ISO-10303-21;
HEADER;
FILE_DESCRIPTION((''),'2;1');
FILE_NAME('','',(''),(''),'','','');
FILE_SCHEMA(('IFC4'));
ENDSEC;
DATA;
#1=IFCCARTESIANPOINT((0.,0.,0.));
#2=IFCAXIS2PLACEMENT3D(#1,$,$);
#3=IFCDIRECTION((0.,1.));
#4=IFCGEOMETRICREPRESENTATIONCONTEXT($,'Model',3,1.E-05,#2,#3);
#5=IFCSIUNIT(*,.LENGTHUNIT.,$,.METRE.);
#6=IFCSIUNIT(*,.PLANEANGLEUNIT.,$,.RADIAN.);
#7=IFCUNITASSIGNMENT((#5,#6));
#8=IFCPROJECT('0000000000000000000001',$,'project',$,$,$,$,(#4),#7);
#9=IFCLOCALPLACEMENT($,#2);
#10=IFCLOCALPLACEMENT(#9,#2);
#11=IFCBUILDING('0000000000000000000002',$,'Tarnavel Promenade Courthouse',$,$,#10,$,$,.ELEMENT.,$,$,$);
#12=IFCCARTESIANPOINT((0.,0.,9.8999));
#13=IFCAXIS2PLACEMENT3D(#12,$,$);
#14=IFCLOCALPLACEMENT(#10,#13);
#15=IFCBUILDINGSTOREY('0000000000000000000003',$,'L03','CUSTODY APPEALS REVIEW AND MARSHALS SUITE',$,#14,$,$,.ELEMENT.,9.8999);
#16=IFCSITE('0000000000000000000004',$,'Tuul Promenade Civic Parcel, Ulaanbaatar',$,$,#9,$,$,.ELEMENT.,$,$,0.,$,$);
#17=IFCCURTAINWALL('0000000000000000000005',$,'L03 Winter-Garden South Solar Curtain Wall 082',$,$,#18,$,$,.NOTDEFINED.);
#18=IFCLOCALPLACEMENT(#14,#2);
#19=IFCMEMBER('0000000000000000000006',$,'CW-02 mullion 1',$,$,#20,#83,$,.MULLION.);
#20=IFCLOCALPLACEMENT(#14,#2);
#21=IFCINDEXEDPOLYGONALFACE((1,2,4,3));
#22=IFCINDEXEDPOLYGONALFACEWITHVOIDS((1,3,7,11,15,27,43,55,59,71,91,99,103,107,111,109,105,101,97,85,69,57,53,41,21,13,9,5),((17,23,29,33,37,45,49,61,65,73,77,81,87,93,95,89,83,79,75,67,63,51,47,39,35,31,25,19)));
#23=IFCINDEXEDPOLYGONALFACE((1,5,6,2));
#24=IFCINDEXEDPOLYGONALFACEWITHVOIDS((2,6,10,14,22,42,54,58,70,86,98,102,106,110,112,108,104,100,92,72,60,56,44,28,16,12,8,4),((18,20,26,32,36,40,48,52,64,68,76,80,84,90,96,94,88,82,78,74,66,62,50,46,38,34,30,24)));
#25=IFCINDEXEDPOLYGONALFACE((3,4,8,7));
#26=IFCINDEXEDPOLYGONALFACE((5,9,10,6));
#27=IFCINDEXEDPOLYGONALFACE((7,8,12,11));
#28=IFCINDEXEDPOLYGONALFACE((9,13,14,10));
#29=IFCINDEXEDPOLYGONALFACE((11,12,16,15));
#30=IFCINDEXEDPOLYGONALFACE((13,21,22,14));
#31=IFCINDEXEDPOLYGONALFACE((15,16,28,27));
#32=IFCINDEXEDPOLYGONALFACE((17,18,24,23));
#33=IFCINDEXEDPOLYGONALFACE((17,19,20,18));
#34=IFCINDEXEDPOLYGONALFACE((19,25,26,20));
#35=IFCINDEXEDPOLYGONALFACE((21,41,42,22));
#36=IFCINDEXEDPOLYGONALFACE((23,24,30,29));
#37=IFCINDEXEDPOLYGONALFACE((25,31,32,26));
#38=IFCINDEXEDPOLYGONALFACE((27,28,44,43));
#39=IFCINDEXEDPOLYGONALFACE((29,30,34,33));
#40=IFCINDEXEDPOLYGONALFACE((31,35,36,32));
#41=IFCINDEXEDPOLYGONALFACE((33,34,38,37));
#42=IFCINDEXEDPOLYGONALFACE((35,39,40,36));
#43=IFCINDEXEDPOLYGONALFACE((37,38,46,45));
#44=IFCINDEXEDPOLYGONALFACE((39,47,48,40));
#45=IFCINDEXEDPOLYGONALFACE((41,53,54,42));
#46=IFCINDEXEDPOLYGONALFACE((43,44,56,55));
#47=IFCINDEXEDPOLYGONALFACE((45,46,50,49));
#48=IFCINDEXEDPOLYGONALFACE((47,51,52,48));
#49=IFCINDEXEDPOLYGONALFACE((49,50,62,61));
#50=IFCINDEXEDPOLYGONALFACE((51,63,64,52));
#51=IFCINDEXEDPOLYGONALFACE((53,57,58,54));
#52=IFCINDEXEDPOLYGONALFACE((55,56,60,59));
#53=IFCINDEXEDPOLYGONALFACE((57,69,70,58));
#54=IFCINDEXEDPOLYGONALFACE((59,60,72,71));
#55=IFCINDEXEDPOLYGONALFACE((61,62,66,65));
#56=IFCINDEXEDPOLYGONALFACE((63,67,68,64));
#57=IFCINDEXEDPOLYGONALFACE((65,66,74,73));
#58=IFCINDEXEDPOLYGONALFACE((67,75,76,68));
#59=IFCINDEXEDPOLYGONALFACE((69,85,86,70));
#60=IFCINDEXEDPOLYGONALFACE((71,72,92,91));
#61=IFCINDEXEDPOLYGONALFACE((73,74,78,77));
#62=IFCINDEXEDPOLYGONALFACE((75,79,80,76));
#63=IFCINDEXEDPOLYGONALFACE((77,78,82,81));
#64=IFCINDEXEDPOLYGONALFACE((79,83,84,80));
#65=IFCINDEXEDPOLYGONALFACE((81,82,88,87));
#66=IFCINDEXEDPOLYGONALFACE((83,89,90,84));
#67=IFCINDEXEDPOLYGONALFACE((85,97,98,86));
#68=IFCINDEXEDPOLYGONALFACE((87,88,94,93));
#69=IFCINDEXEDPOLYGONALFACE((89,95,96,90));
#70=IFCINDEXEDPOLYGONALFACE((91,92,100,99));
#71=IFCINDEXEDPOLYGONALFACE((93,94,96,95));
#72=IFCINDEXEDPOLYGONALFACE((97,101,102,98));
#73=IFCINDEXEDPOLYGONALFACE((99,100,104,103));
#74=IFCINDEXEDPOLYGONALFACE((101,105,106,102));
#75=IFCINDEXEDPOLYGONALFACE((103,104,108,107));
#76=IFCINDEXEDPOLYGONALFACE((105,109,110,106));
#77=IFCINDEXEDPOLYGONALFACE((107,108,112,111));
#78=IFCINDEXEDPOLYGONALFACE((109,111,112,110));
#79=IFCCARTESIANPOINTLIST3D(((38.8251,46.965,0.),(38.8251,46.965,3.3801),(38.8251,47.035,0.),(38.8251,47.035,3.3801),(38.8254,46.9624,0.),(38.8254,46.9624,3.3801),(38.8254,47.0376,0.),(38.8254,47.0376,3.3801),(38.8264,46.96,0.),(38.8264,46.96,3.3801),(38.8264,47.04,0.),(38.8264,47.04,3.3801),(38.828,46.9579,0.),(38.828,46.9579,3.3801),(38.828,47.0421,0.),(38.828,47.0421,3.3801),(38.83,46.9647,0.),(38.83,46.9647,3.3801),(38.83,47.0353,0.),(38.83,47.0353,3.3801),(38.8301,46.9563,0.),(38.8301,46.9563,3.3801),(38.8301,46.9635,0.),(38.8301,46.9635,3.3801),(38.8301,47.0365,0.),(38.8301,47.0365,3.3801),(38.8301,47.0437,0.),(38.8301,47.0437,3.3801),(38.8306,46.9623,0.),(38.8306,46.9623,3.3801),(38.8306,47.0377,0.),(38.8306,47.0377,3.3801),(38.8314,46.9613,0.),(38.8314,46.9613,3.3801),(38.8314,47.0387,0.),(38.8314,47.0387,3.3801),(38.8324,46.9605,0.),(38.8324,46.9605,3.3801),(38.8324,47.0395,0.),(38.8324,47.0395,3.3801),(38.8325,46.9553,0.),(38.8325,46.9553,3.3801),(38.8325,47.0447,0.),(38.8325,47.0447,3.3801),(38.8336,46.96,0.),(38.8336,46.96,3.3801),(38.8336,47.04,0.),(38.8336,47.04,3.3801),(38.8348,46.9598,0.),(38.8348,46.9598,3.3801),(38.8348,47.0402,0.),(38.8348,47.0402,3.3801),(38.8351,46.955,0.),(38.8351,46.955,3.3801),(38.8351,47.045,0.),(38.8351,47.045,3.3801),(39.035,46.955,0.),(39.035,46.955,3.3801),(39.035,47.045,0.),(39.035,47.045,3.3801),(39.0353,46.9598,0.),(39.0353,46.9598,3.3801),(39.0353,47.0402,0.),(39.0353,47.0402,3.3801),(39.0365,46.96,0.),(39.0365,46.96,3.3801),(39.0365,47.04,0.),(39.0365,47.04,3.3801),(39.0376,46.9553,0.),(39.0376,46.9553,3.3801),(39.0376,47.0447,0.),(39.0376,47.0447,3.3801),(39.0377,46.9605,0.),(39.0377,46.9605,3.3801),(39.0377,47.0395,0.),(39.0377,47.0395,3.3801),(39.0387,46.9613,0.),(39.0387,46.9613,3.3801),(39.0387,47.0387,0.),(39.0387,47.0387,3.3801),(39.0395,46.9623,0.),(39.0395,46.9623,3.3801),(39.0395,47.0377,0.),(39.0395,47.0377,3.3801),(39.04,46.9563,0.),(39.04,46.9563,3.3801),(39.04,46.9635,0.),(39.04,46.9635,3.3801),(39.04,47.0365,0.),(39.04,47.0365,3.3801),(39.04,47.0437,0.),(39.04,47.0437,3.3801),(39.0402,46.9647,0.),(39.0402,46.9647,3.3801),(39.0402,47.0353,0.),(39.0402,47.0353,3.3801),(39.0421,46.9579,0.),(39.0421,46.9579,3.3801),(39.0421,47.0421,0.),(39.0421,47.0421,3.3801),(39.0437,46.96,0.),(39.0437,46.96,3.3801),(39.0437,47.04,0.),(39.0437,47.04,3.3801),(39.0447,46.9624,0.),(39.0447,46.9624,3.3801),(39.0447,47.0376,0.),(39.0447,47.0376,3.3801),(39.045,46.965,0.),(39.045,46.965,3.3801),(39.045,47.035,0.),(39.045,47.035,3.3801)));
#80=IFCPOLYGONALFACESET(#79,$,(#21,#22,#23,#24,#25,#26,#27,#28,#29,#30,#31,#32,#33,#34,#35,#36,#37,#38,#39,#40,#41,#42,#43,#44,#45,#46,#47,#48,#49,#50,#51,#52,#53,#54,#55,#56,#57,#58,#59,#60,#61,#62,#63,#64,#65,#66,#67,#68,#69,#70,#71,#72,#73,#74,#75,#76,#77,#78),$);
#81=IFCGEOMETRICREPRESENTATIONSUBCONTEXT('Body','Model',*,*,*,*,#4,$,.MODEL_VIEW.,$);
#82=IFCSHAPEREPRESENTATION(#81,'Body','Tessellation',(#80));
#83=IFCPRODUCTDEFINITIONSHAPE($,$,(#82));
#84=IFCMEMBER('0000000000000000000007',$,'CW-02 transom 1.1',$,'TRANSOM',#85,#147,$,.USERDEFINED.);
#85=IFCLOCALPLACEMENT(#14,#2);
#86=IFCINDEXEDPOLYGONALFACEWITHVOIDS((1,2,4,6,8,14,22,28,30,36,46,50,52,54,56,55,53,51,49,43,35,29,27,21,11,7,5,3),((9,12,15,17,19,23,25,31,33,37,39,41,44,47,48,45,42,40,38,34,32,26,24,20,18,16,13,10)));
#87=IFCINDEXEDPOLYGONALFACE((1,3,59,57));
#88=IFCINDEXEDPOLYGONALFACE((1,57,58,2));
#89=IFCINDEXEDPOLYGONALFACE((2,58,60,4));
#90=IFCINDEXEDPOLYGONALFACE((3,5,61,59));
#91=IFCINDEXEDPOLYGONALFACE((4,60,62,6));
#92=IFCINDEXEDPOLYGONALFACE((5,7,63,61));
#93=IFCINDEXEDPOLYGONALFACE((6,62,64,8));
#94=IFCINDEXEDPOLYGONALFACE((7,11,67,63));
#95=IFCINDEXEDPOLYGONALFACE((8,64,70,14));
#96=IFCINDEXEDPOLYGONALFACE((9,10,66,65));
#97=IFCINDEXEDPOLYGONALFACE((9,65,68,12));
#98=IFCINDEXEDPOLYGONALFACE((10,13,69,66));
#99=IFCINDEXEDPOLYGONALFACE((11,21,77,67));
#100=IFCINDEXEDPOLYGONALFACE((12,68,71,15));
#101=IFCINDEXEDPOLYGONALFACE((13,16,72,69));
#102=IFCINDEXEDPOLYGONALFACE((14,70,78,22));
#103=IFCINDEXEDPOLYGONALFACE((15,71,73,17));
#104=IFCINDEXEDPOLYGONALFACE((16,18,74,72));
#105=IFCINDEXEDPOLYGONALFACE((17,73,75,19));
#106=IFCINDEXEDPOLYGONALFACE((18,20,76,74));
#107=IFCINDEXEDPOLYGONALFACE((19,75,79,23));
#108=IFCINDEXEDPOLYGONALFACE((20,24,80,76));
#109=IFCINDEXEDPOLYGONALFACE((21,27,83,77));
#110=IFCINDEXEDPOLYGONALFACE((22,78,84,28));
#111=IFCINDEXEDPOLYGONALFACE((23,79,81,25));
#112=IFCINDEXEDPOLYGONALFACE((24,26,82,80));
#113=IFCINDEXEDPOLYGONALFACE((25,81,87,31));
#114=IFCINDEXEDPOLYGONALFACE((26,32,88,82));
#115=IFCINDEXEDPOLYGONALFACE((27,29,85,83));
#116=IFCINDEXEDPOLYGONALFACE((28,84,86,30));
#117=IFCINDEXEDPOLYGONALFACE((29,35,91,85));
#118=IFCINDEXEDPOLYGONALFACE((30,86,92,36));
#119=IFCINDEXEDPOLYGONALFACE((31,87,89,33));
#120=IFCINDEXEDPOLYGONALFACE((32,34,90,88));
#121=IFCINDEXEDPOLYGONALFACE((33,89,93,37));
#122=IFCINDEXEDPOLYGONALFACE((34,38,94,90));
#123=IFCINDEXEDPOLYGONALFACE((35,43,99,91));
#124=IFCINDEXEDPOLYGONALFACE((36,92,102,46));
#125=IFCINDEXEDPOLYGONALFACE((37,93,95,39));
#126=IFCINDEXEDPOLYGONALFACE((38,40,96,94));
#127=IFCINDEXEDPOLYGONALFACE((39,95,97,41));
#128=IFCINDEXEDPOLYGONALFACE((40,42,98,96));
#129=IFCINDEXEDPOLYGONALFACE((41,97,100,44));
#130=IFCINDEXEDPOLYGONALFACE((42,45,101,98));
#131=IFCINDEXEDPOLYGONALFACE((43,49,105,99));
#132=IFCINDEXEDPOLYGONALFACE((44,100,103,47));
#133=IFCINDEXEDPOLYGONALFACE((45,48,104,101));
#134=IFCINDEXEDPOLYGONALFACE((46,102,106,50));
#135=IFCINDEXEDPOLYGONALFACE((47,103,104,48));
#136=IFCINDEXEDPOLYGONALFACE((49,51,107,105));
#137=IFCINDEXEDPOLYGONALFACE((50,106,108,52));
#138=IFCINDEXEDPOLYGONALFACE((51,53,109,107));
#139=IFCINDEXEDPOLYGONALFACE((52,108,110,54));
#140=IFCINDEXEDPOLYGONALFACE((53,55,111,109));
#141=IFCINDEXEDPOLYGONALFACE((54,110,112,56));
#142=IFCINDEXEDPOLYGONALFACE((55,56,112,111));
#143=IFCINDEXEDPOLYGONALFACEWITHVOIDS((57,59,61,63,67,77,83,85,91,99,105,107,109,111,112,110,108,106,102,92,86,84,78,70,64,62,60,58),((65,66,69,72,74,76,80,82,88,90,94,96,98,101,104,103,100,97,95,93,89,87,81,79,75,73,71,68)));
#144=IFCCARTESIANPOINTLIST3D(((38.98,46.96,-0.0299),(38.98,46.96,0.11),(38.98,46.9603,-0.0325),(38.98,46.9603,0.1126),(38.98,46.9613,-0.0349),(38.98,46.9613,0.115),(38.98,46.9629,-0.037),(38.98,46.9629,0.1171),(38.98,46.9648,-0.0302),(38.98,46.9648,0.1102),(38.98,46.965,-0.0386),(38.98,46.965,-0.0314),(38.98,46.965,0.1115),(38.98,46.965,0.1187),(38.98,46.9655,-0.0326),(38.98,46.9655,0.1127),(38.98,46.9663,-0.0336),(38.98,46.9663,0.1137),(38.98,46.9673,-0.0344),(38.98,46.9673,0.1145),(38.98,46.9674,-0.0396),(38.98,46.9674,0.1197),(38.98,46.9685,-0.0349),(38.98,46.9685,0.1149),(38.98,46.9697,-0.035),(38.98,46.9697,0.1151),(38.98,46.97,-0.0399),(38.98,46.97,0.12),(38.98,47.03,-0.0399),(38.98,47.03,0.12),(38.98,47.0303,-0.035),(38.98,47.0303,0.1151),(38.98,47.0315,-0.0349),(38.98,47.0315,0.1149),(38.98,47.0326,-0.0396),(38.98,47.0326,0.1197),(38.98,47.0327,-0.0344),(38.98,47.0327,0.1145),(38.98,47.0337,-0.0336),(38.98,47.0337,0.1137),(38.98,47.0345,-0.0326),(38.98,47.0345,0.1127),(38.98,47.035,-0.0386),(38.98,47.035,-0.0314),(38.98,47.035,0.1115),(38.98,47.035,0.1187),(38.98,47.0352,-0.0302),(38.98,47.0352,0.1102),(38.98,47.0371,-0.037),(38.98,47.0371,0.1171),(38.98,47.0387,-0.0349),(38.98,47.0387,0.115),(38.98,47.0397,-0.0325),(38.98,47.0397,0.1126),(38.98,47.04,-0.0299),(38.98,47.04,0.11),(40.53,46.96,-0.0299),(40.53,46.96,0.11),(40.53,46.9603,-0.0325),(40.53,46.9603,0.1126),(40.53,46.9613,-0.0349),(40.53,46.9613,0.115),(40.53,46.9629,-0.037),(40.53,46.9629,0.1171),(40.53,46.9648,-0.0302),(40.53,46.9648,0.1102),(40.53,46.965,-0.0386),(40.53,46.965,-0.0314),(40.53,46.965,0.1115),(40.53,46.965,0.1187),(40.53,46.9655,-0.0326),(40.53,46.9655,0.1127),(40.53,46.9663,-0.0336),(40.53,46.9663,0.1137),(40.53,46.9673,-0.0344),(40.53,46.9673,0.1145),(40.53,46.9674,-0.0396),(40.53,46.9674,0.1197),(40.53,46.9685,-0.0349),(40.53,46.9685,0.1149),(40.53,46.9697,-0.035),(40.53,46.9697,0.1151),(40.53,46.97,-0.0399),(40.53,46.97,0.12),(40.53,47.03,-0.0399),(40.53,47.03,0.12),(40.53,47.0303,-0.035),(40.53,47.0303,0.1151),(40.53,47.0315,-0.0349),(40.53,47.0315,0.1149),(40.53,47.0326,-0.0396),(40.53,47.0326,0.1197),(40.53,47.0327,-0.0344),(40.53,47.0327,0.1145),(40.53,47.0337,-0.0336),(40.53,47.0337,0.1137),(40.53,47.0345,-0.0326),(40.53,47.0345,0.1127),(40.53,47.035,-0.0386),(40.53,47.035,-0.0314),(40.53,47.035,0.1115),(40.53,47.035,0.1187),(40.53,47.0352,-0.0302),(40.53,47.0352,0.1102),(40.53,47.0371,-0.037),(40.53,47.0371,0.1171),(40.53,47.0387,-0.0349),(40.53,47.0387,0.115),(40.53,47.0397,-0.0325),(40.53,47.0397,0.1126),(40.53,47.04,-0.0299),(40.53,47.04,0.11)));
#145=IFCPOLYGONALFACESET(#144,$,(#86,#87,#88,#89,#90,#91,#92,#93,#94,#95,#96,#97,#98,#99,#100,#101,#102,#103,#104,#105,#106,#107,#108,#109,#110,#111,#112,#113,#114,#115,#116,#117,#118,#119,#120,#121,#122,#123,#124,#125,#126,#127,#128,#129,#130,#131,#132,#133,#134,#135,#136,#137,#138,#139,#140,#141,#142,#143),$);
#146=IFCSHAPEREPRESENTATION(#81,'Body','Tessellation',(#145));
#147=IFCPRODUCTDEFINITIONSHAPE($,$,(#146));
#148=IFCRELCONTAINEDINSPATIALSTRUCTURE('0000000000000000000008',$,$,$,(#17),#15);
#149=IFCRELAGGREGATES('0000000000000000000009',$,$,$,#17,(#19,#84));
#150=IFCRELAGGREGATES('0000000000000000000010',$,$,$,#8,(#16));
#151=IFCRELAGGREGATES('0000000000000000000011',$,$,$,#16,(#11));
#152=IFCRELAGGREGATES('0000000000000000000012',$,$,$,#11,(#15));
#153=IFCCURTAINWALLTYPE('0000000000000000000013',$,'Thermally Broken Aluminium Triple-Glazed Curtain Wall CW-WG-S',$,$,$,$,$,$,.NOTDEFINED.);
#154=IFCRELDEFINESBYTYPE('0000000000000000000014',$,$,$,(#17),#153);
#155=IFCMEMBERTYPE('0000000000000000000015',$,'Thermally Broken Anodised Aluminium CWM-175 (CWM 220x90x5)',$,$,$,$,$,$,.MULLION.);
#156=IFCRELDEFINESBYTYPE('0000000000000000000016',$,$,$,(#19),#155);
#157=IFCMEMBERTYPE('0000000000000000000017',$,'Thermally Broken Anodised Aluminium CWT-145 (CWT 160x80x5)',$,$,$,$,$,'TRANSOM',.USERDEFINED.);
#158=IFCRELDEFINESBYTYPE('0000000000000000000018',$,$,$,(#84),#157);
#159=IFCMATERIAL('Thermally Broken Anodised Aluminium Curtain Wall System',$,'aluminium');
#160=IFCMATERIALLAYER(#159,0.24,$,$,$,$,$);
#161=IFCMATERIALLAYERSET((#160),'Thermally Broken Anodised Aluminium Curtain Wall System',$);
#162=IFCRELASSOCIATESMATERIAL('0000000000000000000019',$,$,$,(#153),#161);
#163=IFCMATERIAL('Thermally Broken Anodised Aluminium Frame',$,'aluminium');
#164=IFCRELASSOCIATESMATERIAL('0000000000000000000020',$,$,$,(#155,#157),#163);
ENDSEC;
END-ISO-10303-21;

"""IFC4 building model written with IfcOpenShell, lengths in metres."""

from ifc_helpers import new_model, si_unit, direction, frame, origin, origin_2d, place, context, subcontext, project, spatial, hollow_rectangle, extrude, material, layer, layer_set, material_profile, profile_set, type_object, element, aggregate, save


model = new_model("IFC4")

# Units and contexts
model_context = context("Model", 3, precision=1e-05, world=origin(), true_north=direction((0.0, 1.0)))
body_context = subcontext(model_context, "Body", "Model", "MODEL_VIEW")
ifc_project = project(units=[si_unit("LENGTHUNIT", "METRE"), si_unit("PLANEANGLEUNIT", "RADIAN")], contexts=[model_context])

# Site, building, storey
site_placement = place(None, origin())
site = spatial("IfcSite", under=ifc_project, at=site_placement, Name="Tuul Promenade Civic Parcel, Ulaanbaatar", CompositionType="ELEMENT", RefElevation=0.0)
building_placement = place(site_placement, origin())
building = spatial("IfcBuilding", under=site, at=building_placement, Name="Tarnavel Promenade Courthouse", CompositionType="ELEMENT")
storey_placement = place(building_placement, frame((0.0, 0.0, 9.8999)))
storey = spatial("IfcBuildingStorey", under=building, at=storey_placement, Name="L03", Description="CUSTODY APPEALS REVIEW AND MARSHALS SUITE", CompositionType="ELEMENT", Elevation=9.8999)

# Curtain wall, members
ifc_material_1 = material(Name="Thermally Broken Anodised Aluminium Curtain Wall System", Category="aluminium")
ifc_layer_1 = layer(ifc_material_1, 0.24)
ifc_layer_set_1 = layer_set([ifc_layer_1], Name="Thermally Broken Anodised Aluminium Curtain Wall System")
curtain_wall_type = type_object("IfcCurtainWallType", Name="Thermally Broken Aluminium Triple-Glazed Curtain Wall CW-WG-S", PredefinedType="NOTDEFINED", material=ifc_layer_set_1)
curtain_wall_placement = place(storey_placement, origin())
curtain_wall = element("IfcCurtainWall", 1, at=curtain_wall_placement, inside=storey, type_object=curtain_wall_type, Name="L03 Winter-Garden South Solar Curtain Wall 082", PredefinedType="NOTDEFINED")
ifc_material_2 = material(Name="Thermally Broken Anodised Aluminium Frame", Category="aluminium")
ifc_material_profile_1 = material_profile(ifc_material_2, hollow_rectangle(XDim=0.0901, YDim=0.22, WallThickness=0.0049, InnerFilletRadius=0.0049, OuterFilletRadius=0.01, at=origin_2d()), Name="CWM 220x90x5")
ifc_profile_set_1 = profile_set([ifc_material_profile_1], Name="Thermally Broken Anodised Aluminium Frame")
member_type_1 = type_object("IfcMemberType", Name="Thermally Broken Anodised Aluminium CWM-175 (CWM 220x90x5)", PredefinedType="MULLION", material=ifc_profile_set_1)
member_1_placement = place(storey_placement, frame((38.9351, 47.0, 0.0), z_axis=(0.0, 0.0, 1.0), x_axis=(0.0, 1.0, 0.0)))
member_1 = element("IfcMember", 2, at=member_1_placement, type_object=member_type_1, Name="CW-02 mullion 1", PredefinedType="MULLION", context=body_context, shape_type="SweptSolid", body=[
    extrude(hollow_rectangle(XDim=0.0901, YDim=0.22, WallThickness=0.0049, InnerFilletRadius=0.0049, OuterFilletRadius=0.01, at=origin_2d()), origin(), (0.0, 0.0, 1.0), 3.3801),
])
ifc_material_profile_2 = material_profile(ifc_material_2, hollow_rectangle(XDim=0.0801, YDim=0.1599, WallThickness=0.0049, InnerFilletRadius=0.0049, OuterFilletRadius=0.01, at=origin_2d()), Name="CWT 160x80x5")
ifc_profile_set_2 = profile_set([ifc_material_profile_2], Name="Thermally Broken Anodised Aluminium Frame")
member_type_2 = type_object("IfcMemberType", Name="Thermally Broken Anodised Aluminium CWT-145 (CWT 160x80x5)", ElementType="TRANSOM", PredefinedType="USERDEFINED", material=ifc_profile_set_2)
member_2_placement = place(storey_placement, frame((38.98, 47.0, 0.04), z_axis=(1.0, 0.0, 0.0), x_axis=(0.0, 1.0, 0.0)))
member_2 = element("IfcMember", 3, at=member_2_placement, type_object=member_type_2, Name="CW-02 transom 1.1", ObjectType="TRANSOM", PredefinedType="USERDEFINED", context=body_context, shape_type="SweptSolid", body=[
    extrude(hollow_rectangle(XDim=0.0801, YDim=0.1599, WallThickness=0.0049, InnerFilletRadius=0.0049, OuterFilletRadius=0.01, at=origin_2d()), origin(), (0.0, 0.0, 1.0), 1.55),
])
aggregate(curtain_wall, [member_1, member_2])

save(model, "model.ifc")
